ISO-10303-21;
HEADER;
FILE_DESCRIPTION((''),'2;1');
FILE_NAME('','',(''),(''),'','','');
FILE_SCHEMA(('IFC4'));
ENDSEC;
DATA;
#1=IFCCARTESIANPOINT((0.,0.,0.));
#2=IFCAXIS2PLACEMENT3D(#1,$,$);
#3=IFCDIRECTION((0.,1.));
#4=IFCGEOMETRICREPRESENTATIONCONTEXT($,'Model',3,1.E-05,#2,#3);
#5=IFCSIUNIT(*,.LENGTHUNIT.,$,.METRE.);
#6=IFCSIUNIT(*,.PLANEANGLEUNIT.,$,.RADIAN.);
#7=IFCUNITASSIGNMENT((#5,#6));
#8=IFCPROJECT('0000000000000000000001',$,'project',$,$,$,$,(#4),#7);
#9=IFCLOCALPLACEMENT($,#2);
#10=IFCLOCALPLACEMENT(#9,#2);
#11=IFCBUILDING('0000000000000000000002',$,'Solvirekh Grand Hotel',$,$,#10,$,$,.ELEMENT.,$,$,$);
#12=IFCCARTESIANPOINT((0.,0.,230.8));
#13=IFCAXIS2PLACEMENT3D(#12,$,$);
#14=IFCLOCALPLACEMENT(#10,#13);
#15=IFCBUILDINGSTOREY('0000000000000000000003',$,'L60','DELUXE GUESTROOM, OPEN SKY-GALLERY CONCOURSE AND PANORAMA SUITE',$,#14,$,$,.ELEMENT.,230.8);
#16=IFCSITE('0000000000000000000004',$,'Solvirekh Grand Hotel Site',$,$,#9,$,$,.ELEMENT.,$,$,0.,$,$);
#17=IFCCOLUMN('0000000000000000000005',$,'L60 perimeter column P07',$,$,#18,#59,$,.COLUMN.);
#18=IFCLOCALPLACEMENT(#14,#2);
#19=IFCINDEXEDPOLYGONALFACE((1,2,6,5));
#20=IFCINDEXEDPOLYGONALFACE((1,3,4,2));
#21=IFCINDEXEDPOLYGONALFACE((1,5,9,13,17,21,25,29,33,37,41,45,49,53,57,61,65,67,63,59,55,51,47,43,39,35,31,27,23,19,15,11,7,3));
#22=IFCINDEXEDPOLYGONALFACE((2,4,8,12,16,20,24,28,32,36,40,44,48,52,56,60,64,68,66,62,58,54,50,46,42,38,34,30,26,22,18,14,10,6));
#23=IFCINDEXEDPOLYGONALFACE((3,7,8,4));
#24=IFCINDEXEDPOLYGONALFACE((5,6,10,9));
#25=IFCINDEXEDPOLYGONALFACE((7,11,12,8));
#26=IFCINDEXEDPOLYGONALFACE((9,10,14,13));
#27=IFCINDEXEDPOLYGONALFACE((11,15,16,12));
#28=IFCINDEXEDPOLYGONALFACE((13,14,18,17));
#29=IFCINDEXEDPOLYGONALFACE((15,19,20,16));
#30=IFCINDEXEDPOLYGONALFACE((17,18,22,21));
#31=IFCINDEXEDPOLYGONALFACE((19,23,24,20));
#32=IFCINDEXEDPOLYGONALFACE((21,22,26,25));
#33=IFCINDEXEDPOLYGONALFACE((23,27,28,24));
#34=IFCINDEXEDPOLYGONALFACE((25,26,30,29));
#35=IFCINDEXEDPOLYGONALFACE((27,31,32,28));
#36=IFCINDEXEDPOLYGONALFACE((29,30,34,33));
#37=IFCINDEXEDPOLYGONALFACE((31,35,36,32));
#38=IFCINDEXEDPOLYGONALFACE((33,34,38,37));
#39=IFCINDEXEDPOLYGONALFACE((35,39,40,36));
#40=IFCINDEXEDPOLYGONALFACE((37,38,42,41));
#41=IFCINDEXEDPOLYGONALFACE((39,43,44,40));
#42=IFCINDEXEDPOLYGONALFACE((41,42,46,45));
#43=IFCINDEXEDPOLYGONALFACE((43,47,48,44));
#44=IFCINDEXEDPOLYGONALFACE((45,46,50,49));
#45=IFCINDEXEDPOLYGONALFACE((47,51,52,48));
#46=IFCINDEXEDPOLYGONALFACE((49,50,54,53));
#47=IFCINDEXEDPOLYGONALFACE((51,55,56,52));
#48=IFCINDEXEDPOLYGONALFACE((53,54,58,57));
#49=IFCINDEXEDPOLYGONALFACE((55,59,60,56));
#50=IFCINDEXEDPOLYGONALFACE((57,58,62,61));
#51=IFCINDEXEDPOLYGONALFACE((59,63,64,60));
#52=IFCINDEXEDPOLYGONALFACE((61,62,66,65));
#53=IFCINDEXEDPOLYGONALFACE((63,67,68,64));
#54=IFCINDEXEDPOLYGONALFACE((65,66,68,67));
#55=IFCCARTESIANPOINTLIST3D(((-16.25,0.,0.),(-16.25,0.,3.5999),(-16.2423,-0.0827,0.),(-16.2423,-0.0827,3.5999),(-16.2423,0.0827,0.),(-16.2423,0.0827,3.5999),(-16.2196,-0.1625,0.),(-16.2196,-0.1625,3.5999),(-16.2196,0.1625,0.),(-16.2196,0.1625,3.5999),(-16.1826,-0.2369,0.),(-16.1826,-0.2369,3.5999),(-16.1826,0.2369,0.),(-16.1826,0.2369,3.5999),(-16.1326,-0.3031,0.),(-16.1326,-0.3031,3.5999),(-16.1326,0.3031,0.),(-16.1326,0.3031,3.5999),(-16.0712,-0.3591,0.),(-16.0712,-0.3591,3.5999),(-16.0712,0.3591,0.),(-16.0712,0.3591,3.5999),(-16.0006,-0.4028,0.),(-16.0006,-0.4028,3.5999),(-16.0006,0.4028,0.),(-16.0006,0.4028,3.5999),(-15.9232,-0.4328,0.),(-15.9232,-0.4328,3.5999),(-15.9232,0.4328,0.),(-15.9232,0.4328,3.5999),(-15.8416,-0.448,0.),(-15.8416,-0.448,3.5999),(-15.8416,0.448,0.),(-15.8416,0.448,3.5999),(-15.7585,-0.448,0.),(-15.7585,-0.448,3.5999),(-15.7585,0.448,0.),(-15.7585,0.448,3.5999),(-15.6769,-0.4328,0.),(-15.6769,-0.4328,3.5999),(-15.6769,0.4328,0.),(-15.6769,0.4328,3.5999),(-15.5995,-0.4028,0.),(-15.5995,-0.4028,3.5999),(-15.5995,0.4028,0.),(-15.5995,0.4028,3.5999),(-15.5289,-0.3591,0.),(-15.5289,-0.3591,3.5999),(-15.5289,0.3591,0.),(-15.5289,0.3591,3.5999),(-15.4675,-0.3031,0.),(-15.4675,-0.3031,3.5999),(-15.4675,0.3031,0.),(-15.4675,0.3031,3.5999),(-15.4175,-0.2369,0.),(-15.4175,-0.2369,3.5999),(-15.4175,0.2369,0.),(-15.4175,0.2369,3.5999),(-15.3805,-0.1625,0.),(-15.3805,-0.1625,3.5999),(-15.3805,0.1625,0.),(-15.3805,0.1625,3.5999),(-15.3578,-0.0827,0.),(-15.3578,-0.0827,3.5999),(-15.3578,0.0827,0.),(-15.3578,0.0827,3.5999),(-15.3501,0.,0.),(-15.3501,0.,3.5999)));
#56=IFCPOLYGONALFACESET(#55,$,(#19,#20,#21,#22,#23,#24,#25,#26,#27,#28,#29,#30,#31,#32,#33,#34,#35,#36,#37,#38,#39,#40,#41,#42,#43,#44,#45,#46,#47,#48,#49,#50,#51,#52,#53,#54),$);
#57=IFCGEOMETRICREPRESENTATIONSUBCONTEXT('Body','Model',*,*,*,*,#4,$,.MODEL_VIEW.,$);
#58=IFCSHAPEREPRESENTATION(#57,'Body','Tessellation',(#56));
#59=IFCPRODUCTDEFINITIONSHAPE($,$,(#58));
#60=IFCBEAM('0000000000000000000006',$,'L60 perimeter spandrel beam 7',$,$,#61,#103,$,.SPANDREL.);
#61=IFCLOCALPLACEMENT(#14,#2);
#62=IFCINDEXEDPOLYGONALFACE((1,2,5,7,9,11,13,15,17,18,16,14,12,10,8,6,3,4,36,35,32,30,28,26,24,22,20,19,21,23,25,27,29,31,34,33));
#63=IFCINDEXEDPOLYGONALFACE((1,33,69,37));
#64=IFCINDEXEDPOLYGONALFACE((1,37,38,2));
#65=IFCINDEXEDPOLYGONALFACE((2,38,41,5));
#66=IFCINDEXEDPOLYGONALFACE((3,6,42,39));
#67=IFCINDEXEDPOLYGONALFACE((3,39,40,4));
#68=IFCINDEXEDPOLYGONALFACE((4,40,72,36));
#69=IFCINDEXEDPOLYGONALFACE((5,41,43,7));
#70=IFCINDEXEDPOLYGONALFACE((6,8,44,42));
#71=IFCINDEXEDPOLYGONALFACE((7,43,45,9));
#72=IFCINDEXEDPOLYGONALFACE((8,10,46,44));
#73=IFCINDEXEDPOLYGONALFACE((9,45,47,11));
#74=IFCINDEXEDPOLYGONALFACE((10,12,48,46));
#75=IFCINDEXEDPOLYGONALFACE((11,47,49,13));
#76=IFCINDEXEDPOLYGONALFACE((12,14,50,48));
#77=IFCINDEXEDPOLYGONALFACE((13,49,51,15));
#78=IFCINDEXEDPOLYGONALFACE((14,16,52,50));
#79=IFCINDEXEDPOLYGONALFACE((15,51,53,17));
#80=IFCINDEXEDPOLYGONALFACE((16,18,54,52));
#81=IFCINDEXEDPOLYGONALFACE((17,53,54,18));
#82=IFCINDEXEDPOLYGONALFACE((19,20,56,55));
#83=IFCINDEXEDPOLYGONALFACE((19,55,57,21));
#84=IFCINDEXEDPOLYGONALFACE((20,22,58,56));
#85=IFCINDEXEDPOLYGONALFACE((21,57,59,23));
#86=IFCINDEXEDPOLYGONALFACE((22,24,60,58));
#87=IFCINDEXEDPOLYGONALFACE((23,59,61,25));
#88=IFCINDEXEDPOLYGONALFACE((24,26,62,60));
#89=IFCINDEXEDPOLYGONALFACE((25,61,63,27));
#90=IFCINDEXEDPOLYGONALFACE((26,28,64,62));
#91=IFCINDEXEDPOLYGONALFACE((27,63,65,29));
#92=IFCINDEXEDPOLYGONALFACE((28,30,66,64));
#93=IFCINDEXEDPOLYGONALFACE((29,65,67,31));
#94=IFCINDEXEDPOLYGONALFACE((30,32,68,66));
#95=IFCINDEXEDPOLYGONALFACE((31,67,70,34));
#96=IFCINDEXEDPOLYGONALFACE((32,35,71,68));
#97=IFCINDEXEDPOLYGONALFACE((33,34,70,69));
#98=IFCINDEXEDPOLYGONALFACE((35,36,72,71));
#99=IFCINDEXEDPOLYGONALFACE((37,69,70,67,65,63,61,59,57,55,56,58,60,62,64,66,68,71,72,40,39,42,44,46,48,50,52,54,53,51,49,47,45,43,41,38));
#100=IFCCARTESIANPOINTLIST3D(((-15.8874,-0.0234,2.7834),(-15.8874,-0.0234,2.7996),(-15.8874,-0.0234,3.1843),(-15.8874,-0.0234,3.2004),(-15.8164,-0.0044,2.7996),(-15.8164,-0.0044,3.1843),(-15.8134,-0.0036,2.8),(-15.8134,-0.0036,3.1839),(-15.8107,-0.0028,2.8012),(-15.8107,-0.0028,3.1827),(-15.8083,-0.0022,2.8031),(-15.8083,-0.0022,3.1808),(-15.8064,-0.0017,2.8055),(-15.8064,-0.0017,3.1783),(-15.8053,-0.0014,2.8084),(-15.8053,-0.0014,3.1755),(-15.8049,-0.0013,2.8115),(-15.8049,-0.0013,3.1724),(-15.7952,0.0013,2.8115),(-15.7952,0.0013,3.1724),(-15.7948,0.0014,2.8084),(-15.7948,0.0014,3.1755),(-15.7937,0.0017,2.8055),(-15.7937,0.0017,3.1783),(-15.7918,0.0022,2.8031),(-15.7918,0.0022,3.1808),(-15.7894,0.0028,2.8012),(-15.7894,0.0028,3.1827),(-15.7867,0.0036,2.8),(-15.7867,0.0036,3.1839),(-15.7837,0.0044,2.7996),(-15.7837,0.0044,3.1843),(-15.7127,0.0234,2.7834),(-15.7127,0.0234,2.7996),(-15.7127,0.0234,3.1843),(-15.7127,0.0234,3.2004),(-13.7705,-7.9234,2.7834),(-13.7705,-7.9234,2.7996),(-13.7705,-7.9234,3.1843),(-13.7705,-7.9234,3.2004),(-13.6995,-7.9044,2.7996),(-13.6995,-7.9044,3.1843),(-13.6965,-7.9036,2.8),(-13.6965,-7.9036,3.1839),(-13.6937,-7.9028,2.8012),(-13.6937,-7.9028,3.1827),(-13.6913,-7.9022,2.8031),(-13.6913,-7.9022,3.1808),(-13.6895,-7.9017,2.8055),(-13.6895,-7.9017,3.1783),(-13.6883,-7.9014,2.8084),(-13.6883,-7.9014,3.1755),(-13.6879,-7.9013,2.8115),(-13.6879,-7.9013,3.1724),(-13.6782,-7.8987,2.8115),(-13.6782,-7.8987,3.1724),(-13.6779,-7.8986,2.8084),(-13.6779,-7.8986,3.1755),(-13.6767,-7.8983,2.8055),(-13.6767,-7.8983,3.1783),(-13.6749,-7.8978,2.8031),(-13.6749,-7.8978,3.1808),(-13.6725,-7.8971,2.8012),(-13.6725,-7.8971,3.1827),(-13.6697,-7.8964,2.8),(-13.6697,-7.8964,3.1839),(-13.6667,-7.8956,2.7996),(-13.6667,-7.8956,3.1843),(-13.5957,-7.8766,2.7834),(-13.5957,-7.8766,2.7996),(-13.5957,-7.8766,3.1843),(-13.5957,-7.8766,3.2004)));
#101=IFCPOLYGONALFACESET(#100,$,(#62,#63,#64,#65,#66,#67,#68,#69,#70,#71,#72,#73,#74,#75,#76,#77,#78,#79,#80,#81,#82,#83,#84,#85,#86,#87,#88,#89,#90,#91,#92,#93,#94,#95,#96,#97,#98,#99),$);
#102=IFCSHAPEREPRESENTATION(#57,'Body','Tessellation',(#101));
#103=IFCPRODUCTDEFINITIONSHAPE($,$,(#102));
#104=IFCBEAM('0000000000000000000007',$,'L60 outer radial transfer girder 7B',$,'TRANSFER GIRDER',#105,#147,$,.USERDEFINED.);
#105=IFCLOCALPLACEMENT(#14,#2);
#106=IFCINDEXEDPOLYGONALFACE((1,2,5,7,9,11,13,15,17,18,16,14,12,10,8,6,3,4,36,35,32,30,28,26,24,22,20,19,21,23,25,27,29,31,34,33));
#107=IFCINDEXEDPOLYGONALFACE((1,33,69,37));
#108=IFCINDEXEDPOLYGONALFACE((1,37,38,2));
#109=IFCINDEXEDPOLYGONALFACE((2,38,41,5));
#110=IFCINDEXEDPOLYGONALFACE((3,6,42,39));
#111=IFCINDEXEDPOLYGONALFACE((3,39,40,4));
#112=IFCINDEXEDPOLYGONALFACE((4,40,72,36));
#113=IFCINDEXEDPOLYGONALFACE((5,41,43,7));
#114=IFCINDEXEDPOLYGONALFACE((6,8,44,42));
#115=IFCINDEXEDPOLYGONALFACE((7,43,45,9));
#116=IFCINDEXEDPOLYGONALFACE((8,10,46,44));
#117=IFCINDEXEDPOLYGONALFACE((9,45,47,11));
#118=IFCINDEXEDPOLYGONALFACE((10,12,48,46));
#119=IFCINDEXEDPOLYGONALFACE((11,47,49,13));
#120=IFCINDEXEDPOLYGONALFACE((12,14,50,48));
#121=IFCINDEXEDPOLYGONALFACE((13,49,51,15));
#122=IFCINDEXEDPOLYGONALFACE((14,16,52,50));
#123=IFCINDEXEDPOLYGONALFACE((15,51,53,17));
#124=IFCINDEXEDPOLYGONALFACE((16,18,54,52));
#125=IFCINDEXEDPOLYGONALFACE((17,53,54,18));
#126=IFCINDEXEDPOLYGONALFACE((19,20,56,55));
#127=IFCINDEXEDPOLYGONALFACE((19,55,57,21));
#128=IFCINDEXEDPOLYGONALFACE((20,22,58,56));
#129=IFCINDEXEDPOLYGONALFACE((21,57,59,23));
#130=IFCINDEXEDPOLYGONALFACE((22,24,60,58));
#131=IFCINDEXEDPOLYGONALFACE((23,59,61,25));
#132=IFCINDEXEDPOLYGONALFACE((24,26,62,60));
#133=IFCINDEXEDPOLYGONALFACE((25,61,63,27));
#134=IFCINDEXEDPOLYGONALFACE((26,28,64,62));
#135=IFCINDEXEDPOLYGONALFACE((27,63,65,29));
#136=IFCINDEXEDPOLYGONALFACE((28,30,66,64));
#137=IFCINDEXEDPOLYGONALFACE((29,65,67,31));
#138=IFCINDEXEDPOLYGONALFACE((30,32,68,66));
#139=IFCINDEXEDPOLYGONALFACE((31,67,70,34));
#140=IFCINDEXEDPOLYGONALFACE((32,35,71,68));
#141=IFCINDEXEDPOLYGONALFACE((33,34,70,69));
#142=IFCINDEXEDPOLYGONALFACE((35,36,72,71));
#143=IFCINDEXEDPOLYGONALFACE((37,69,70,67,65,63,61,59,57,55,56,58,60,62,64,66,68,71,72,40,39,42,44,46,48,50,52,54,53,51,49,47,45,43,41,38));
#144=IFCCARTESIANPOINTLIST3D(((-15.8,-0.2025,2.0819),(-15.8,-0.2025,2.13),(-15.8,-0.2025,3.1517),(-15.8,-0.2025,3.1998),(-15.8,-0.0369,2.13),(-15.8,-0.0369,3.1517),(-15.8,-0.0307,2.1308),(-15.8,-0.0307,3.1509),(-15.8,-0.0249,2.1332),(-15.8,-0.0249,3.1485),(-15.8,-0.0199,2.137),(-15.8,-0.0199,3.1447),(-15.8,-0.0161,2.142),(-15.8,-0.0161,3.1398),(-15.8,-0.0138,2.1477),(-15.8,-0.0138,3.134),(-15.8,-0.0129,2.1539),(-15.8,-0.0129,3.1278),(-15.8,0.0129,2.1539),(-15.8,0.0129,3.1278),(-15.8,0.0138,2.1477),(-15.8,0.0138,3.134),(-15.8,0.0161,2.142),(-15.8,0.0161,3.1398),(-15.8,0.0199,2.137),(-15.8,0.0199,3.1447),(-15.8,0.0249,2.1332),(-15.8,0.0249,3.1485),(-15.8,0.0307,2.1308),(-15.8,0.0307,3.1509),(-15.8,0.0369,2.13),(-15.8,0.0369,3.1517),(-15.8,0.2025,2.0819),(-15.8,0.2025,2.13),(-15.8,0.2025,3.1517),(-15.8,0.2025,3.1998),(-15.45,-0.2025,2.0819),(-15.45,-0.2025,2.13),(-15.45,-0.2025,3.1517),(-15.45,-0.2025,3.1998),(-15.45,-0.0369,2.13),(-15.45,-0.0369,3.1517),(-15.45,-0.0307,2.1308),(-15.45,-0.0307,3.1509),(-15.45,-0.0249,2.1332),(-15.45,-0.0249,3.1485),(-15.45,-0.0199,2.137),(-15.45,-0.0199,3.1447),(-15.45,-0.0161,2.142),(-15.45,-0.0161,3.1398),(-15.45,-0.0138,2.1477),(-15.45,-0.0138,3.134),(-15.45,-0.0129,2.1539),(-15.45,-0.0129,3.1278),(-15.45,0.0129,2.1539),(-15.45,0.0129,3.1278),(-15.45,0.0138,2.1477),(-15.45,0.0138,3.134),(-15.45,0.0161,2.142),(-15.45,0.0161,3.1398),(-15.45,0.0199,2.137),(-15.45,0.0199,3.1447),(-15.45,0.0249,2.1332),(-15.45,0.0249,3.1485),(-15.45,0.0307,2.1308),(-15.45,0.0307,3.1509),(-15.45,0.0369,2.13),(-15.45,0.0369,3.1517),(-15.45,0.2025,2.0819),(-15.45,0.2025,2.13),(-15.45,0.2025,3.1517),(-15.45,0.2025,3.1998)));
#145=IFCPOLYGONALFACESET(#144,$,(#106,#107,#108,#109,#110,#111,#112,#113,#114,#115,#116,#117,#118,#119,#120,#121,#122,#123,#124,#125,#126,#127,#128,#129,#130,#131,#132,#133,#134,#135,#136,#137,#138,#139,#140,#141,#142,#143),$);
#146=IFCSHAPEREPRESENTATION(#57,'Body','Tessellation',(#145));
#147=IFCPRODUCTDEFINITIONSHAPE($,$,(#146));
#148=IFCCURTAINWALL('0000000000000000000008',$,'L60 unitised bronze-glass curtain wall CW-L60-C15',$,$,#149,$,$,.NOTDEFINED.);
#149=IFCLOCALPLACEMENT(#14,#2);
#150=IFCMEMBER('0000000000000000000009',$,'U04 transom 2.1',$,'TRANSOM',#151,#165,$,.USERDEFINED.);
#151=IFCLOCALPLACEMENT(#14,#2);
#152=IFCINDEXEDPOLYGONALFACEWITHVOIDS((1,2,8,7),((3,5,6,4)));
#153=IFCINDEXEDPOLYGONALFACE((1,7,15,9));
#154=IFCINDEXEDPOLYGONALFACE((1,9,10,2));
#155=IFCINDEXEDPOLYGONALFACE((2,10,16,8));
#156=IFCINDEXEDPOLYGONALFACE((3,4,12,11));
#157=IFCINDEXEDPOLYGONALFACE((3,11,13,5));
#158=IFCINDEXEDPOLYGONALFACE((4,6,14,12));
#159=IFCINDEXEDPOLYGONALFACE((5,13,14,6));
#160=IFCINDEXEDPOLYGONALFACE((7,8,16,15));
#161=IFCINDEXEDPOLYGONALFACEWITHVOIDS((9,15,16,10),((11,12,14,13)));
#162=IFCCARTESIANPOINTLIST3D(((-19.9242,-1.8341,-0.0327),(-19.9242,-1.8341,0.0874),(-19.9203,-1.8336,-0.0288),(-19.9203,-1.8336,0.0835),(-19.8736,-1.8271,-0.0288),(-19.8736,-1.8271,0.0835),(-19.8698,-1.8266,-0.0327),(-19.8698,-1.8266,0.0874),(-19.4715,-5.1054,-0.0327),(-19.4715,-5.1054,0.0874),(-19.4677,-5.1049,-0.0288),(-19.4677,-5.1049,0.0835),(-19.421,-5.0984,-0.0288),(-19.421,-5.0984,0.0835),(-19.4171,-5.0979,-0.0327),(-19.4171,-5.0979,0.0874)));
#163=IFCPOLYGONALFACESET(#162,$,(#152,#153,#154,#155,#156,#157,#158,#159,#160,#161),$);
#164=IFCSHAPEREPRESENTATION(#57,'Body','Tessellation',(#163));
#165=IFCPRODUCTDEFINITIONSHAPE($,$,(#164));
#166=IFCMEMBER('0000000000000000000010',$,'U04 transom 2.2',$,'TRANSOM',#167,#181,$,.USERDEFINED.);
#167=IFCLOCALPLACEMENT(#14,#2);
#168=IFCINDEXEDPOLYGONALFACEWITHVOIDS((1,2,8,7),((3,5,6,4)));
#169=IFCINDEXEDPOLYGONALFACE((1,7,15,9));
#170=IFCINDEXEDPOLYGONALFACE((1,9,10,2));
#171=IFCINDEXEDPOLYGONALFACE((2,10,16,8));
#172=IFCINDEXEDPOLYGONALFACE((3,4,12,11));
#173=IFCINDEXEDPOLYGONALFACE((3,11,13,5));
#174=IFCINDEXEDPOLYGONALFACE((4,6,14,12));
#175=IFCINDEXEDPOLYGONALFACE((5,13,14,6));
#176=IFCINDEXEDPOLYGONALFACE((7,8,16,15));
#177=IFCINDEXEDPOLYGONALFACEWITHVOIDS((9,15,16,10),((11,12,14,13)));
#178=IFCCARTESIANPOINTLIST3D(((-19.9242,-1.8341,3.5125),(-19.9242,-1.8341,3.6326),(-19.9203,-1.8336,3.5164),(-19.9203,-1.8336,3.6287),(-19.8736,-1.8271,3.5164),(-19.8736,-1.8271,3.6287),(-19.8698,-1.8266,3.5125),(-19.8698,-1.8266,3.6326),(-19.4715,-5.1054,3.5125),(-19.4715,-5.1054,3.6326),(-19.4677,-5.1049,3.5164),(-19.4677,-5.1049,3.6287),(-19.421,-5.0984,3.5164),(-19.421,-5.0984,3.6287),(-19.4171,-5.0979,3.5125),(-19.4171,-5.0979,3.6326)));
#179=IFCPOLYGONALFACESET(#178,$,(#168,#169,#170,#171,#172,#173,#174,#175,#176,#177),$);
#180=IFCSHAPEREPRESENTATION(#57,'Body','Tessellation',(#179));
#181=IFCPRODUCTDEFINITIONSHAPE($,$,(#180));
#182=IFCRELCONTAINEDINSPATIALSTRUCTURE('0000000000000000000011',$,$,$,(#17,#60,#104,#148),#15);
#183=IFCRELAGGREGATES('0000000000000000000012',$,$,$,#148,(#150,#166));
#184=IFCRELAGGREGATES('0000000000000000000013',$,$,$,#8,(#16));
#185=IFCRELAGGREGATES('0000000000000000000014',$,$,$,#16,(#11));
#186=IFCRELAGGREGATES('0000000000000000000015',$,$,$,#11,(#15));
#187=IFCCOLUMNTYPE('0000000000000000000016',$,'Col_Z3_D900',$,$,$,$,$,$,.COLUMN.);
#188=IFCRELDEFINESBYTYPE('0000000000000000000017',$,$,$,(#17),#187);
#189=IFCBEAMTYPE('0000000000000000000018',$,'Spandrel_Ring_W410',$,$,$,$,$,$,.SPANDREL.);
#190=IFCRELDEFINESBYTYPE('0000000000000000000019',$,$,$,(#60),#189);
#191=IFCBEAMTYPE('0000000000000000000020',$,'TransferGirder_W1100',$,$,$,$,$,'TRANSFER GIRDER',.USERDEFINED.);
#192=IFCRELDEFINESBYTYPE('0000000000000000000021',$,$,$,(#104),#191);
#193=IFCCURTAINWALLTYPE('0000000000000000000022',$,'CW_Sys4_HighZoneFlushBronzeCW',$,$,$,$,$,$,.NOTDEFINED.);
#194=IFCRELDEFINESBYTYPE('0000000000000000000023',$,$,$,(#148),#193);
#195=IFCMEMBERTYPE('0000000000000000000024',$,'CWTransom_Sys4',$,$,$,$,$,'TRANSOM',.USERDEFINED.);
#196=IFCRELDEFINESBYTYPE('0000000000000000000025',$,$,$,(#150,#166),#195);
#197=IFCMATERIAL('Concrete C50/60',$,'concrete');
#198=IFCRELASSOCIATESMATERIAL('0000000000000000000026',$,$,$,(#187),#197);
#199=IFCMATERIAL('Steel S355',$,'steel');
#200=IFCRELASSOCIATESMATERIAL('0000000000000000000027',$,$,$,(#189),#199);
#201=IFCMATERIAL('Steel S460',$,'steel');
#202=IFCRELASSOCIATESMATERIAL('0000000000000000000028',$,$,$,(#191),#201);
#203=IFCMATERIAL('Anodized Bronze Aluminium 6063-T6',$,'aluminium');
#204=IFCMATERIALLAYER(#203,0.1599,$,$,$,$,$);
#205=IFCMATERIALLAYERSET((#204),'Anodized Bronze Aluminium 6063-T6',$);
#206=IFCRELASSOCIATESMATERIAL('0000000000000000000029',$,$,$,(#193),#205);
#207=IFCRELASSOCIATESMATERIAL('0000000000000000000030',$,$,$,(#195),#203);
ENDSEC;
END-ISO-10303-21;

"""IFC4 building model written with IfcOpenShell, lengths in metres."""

from ifc_helpers import new_model, si_unit, direction, frame, origin, origin_2d, place, context, subcontext, project, spatial, hollow_rectangle, circle, i_section, extrude, source, transform, mapped, material, layer, layer_set, material_profile, profile_set, type_object, element, aggregate, save


model = new_model("IFC4")

# Units and contexts
model_context = context("Model", 3, precision=1e-05, world=origin(), true_north=direction((0.0, 1.0)))
body_context = subcontext(model_context, "Body", "Model", "MODEL_VIEW")
ifc_project = project(units=[si_unit("LENGTHUNIT", "METRE"), si_unit("PLANEANGLEUNIT", "RADIAN")], contexts=[model_context])

# Site, building, storey
site_placement = place(None, origin())
site = spatial("IfcSite", under=ifc_project, at=site_placement, Name="Solvirekh Grand Hotel Site", CompositionType="ELEMENT", RefElevation=0.0)
building_placement = place(site_placement, origin())
building = spatial("IfcBuilding", under=site, at=building_placement, Name="Solvirekh Grand Hotel", CompositionType="ELEMENT")
storey_placement = place(building_placement, frame((0.0, 0.0, 230.8)))
storey = spatial("IfcBuildingStorey", under=building, at=storey_placement, Name="L60", Description="DELUXE GUESTROOM, OPEN SKY-GALLERY CONCOURSE AND PANORAMA SUITE", CompositionType="ELEMENT", Elevation=230.8)

# Column
ifc_material_1 = material(Name="Concrete C50/60", Category="concrete")
ifc_material_profile_1 = material_profile(ifc_material_1, circle(Radius=0.45, at=origin_2d()), Name="RC CIRC D900")
ifc_profile_set_1 = profile_set([ifc_material_profile_1], Name="Concrete C50/60")
column_type = type_object("IfcColumnType", Name="Col_Z3_D900", PredefinedType="COLUMN", material=ifc_profile_set_1)
column_placement = place(storey_placement, frame((-15.8, 0.0, 0.0), z_axis=(0.0, 0.0, 1.0), x_axis=(1.0, 0.0, 0.0)))
element("IfcColumn", 1, at=column_placement, inside=storey, type_object=column_type, Name="L60 perimeter column P07", PredefinedType="COLUMN", context=body_context, shape_type="SweptSolid", body=[
    extrude(circle(Radius=0.45, at=origin_2d()), origin(), (0.0, 0.0, 1.0), 3.5999),
])

# Beams
ifc_material_2 = material(Name="Steel S355", Category="steel")
ifc_material_profile_2 = material_profile(ifc_material_2, i_section(OverallWidth=0.1809, OverallDepth=0.417, WebThickness=0.01, FlangeThickness=0.0161, FilletRadius=0.012, at=origin_2d()), Name="W410X85")
ifc_profile_set_2 = profile_set([ifc_material_profile_2], Name="Steel S355")
beam_type_1 = type_object("IfcBeamType", Name="Spandrel_Ring_W410", PredefinedType="SPANDREL", material=ifc_profile_set_2)
beam_1_placement = place(storey_placement, frame((-15.8, 0.0, 2.9919), z_axis=(0.258839, -0.965921, 0.0), x_axis=(0.965921, 0.258839, 0.0)))
element("IfcBeam", 2, at=beam_1_placement, inside=storey, type_object=beam_type_1, Name="L60 perimeter spandrel beam 7", PredefinedType="SPANDREL", context=body_context, shape_type="SweptSolid", body=[
    extrude(i_section(OverallWidth=0.1809, OverallDepth=0.417, WebThickness=0.01, FlangeThickness=0.0161, FilletRadius=0.012, at=origin_2d()), origin(), (0.0, 0.0, 1.0), 8.1787),
])
ifc_material_3 = material(Name="Steel S460", Category="steel")
ifc_material_profile_3 = material_profile(ifc_material_3, i_section(OverallWidth=0.405, OverallDepth=1.1179, WebThickness=0.0259, FlangeThickness=0.0481, FilletRadius=0.0239, at=origin_2d()), Name="W1100X499")
ifc_profile_set_3 = profile_set([ifc_material_profile_3], Name="Steel S460")
beam_type_2 = type_object("IfcBeamType", Name="TransferGirder_W1100", ElementType="TRANSFER GIRDER", PredefinedType="USERDEFINED", material=ifc_profile_set_3)
beam_2_placement = place(storey_placement, frame((-15.45, 0.0, 2.6409), z_axis=(-1.0, 0.0, 0.0), x_axis=(0.0, -1.0, 0.0)))
element("IfcBeam", 3, at=beam_2_placement, inside=storey, type_object=beam_type_2, Name="L60 outer radial transfer girder 7B", ObjectType="TRANSFER GIRDER", PredefinedType="USERDEFINED", context=body_context, shape_type="SweptSolid", body=[
    extrude(i_section(OverallWidth=0.405, OverallDepth=1.1179, WebThickness=0.0259, FlangeThickness=0.0481, FilletRadius=0.0239, at=origin_2d()), origin(), (0.0, 0.0, 1.0), 0.3501),
])

# Curtain wall, members
ifc_material_4 = material(Name="Anodized Bronze Aluminium 6063-T6", Category="aluminium")
ifc_layer_1 = layer(ifc_material_4, 0.1599)
ifc_layer_set_1 = layer_set([ifc_layer_1], Name="Anodized Bronze Aluminium 6063-T6")
curtain_wall_type = type_object("IfcCurtainWallType", Name="CW_Sys4_HighZoneFlushBronzeCW", PredefinedType="NOTDEFINED", material=ifc_layer_set_1)
curtain_wall_placement = place(storey_placement, origin())
curtain_wall = element("IfcCurtainWall", 4, at=curtain_wall_placement, inside=storey, type_object=curtain_wall_type, Name="L60 unitised bronze-glass curtain wall CW-L60-C15", PredefinedType="NOTDEFINED")
ifc_material_profile_4 = material_profile(ifc_material_4, hollow_rectangle(XDim=0.0549, YDim=0.1201, WallThickness=0.0039, at=origin_2d()), Name="ALU RHS 120X55X4")
ifc_profile_set_4 = profile_set([ifc_material_profile_4], Name="Anodized Bronze Aluminium 6063-T6")
member_type_1 = type_object("IfcMemberType", Name="CWTransom_Sys4", ElementType="TRANSOM", PredefinedType="USERDEFINED", material=ifc_profile_set_4)
shared_shape_1 = source(origin(), body_context, "Body", "SweptSolid", [
    extrude(hollow_rectangle(XDim=0.0549, YDim=0.1201, WallThickness=0.0039, at=origin_2d()), origin(), (0.0, 0.0, 1.0), 3.3025),
])
member_1_placement = place(storey_placement, frame((-19.897, -1.8303, 0.0273), z_axis=(0.137063, -0.990562, 0.0), x_axis=(0.990562, 0.137063, 0.0)))
member_1 = element("IfcMember", 5, at=member_1_placement, type_object=member_type_1, Name="U04 transom 2.1", ObjectType="TRANSOM", PredefinedType="USERDEFINED", context=body_context, shape_type="MappedRepresentation", body=[
    mapped(shared_shape_1, transform((0.0, 0.0, 0.0), x_axis=(1.0, 0.0, 0.0), y_axis=(0.0, 1.0, 0.0), z_axis=(0.0, 0.0, 1.0), scale=1.0)),
])
member_2_placement = place(storey_placement, frame((-19.897, -1.8303, 3.5725), z_axis=(0.137063, -0.990562, 0.0), x_axis=(0.990562, 0.137063, 0.0)))
member_2 = element("IfcMember", 6, at=member_2_placement, type_object=member_type_1, Name="U04 transom 2.2", ObjectType="TRANSOM", PredefinedType="USERDEFINED", context=body_context, shape_type="MappedRepresentation", body=[
    mapped(shared_shape_1, transform((0.0, 0.0, 0.0), x_axis=(1.0, 0.0, 0.0), y_axis=(0.0, 1.0, 0.0), z_axis=(0.0, 0.0, 1.0), scale=1.0)),
])
aggregate(curtain_wall, [member_1, member_2])

save(model, "model.ifc")
